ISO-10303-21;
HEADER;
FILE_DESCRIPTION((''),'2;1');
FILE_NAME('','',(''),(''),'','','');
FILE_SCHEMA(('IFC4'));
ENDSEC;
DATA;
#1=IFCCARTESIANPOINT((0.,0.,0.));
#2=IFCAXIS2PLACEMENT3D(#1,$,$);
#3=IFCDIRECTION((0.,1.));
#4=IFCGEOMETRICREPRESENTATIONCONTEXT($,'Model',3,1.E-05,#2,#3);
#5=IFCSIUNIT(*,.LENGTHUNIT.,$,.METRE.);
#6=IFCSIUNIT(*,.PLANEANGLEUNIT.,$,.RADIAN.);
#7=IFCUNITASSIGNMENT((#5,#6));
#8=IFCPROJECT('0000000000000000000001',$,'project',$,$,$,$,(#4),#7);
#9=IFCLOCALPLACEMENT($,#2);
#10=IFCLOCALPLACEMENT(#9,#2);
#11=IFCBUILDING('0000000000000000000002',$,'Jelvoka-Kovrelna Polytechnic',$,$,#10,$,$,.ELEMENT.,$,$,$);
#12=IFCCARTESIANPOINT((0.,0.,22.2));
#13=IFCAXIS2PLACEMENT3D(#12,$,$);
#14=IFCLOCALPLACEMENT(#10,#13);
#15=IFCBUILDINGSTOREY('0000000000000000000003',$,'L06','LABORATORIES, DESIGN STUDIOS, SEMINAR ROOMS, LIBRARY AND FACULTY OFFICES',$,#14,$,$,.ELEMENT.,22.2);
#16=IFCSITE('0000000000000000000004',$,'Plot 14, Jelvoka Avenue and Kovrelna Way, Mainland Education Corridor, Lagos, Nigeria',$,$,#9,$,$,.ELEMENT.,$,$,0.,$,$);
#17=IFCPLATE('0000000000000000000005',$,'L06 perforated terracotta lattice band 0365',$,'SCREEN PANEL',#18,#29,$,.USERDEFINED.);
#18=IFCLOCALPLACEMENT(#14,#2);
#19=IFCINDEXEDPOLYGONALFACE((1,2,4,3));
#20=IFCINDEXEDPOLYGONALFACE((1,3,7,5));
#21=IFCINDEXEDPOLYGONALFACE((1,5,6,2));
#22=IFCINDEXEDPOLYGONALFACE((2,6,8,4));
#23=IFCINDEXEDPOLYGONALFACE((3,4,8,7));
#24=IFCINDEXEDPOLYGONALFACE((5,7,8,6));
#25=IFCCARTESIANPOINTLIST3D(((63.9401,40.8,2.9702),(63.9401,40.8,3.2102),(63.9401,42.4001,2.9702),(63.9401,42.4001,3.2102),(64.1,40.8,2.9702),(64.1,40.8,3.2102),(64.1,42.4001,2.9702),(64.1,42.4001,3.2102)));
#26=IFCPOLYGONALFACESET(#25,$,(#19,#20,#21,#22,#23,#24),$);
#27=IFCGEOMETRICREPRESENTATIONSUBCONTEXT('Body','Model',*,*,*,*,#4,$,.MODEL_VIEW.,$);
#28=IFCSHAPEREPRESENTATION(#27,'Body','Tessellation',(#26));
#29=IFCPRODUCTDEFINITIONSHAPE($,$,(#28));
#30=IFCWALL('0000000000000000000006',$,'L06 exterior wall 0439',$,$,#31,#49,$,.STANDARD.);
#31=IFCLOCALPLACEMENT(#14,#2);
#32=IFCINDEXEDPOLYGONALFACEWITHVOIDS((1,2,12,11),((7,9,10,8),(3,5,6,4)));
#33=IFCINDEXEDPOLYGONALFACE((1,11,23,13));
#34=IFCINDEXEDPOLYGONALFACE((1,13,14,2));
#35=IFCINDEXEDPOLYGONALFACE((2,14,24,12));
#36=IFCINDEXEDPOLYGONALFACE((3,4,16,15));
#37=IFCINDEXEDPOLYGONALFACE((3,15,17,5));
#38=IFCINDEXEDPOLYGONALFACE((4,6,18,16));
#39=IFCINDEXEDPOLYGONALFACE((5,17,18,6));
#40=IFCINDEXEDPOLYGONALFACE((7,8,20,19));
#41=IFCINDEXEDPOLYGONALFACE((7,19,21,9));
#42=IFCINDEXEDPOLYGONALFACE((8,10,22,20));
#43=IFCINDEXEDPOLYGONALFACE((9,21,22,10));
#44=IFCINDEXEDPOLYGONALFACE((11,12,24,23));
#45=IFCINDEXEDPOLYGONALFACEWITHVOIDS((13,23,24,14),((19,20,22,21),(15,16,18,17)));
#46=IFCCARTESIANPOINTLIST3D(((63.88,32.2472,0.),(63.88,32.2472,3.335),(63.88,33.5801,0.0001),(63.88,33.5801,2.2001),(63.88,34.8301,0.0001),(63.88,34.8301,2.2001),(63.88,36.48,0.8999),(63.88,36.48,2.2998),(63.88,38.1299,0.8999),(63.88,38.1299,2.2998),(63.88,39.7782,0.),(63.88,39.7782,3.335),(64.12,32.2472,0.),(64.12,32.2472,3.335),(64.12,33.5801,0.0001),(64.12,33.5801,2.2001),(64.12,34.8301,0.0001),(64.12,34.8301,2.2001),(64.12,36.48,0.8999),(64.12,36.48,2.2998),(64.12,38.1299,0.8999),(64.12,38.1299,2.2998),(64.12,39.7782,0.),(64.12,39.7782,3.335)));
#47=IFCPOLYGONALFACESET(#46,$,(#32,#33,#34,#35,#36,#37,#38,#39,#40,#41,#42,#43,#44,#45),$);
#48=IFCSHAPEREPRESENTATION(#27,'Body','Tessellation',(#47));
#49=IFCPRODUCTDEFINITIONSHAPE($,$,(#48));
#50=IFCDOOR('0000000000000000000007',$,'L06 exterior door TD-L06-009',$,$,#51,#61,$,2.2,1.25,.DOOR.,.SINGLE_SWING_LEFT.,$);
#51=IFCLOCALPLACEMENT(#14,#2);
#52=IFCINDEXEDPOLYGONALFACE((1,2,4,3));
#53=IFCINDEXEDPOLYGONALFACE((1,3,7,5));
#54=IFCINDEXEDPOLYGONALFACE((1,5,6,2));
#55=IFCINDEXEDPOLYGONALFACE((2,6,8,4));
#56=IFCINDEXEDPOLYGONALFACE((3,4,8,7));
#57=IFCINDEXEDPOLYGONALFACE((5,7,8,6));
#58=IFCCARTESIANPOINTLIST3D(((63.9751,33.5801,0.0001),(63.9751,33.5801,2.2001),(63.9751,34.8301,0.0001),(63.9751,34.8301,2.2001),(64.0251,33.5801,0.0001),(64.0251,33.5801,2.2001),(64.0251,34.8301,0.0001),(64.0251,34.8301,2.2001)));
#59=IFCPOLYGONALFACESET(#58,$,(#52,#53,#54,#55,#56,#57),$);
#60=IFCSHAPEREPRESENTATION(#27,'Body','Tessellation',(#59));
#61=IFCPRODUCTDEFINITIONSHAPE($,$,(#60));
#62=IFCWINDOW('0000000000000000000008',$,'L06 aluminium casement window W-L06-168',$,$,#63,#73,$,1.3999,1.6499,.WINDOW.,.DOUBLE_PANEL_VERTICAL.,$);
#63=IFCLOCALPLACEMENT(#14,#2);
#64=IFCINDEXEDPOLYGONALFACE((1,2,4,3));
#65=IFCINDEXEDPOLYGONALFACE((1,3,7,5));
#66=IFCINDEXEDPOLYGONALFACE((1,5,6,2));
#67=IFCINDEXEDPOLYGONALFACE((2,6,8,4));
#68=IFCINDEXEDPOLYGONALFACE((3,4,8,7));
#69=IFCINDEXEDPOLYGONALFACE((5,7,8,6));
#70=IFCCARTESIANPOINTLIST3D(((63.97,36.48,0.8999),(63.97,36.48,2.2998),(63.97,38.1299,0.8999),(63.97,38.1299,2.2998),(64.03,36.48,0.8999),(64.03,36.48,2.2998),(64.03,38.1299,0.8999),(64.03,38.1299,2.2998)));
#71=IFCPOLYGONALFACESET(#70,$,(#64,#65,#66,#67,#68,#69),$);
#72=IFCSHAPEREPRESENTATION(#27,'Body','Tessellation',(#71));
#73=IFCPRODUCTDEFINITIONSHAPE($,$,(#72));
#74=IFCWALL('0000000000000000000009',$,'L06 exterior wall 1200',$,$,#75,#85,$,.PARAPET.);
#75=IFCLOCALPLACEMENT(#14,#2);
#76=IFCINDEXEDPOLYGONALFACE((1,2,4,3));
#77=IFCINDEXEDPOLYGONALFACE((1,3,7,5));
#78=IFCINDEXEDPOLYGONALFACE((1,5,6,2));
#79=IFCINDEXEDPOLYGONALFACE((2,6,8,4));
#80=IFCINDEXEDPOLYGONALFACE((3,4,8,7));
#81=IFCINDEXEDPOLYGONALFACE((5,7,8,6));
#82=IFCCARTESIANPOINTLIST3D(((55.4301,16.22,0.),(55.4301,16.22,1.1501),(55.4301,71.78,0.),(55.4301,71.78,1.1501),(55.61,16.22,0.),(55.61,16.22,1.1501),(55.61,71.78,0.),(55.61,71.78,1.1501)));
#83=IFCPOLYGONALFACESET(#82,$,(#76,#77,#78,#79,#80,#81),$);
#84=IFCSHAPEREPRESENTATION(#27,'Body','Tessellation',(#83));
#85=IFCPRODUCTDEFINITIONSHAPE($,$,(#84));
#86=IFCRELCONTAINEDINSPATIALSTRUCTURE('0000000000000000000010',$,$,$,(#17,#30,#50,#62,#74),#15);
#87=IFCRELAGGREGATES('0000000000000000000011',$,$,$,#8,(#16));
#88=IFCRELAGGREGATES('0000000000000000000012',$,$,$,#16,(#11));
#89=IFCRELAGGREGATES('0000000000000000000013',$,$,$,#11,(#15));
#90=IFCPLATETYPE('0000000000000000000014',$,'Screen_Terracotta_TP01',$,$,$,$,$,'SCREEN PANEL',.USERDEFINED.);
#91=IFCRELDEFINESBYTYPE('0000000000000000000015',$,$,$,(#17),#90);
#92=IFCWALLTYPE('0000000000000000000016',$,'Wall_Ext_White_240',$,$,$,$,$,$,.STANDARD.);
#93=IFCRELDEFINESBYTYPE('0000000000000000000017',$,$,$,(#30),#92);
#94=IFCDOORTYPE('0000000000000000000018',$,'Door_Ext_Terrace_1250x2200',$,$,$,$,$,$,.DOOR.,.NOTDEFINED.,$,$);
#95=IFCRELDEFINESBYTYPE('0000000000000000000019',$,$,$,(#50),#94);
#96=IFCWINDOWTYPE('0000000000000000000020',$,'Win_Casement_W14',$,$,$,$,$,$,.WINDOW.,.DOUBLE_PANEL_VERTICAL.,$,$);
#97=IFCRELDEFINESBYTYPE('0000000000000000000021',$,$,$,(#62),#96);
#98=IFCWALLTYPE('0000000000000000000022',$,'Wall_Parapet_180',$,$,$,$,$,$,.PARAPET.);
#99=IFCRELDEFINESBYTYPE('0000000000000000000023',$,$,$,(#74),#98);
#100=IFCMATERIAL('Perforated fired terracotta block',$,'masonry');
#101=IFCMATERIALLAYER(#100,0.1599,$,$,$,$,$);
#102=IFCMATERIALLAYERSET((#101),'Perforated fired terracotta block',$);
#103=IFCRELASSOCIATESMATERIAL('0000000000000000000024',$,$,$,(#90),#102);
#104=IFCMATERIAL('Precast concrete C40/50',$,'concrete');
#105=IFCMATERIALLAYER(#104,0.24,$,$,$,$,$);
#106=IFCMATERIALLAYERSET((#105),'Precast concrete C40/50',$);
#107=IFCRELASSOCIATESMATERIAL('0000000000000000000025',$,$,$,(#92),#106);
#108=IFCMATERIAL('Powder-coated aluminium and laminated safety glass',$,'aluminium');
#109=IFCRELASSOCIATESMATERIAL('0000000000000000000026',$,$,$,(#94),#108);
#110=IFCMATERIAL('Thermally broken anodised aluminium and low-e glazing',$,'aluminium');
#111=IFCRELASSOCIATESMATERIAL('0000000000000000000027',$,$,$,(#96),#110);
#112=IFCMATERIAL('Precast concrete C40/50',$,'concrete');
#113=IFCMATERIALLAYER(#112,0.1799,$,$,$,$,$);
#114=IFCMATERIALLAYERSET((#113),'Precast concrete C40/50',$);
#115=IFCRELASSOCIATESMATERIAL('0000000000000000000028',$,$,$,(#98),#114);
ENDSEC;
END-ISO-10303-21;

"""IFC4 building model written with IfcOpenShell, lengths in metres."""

from ifc_helpers import new_model, si_unit, direction, frame, frame_2d, origin, origin_2d, place, context, subcontext, project, spatial, rectangle, extrude, material, layer, layer_set, type_object, element, fill, save


model = new_model("IFC4")

# Units and contexts
model_context = context("Model", 3, precision=1e-05, world=origin(), true_north=direction((0.0, 1.0)))
body_context = subcontext(model_context, "Body", "Model", "MODEL_VIEW")
ifc_project = project(units=[si_unit("LENGTHUNIT", "METRE"), si_unit("PLANEANGLEUNIT", "RADIAN")], contexts=[model_context])

# Site, building, storey
site_placement = place(None, origin())
site = spatial("IfcSite", under=ifc_project, at=site_placement, Name="Plot 14, Jelvoka Avenue and Kovrelna Way, Mainland Education Corridor, Lagos, Nigeria", CompositionType="ELEMENT", RefElevation=0.0)
building_placement = place(site_placement, origin())
building = spatial("IfcBuilding", under=site, at=building_placement, Name="Jelvoka-Kovrelna Polytechnic", CompositionType="ELEMENT")
storey_placement = place(building_placement, frame((0.0, 0.0, 22.2)))
storey = spatial("IfcBuildingStorey", under=building, at=storey_placement, Name="L06", Description="LABORATORIES, DESIGN STUDIOS, SEMINAR ROOMS, LIBRARY AND FACULTY OFFICES", CompositionType="ELEMENT", Elevation=22.2)

# Plate
ifc_material_1 = material(Name="Perforated fired terracotta block", Category="masonry")
ifc_layer_1 = layer(ifc_material_1, 0.1599)
ifc_layer_set_1 = layer_set([ifc_layer_1], Name="Perforated fired terracotta block")
plate_type = type_object("IfcPlateType", Name="Screen_Terracotta_TP01", ElementType="SCREEN PANEL", PredefinedType="USERDEFINED", material=ifc_layer_set_1)
for number, where, z_axis, x_axis, name in (
    (1, (64.02, 41.6001, 2.9702), (0.0, 0.0, 1.0), (0.0, 1.0, 0.0), "L06 perforated terracotta lattice band 0365"),
):
    element("IfcPlate", number, at=place(storey_placement, frame(where, z_axis=z_axis, x_axis=x_axis)), inside=storey, type_object=plate_type, Name=name, ObjectType="SCREEN PANEL", PredefinedType="USERDEFINED", context=body_context, shape_type="SweptSolid", body=[
        extrude(rectangle(XDim=1.6001, YDim=0.1599, at=origin_2d()), origin(), (0.0, 0.0, 1.0), 0.24),
    ])

# Wall, openings, door, window
ifc_material_2 = material(Name="Precast concrete C40/50", Category="concrete")
ifc_layer_2 = layer(ifc_material_2, 0.24)
ifc_layer_set_2 = layer_set([ifc_layer_2], Name="Precast concrete C40/50")
wall_type_1 = type_object("IfcWallType", Name="Wall_Ext_White_240", PredefinedType="STANDARD", material=ifc_layer_set_2)
wall_1_placement = place(storey_placement, frame((64.0, 32.2471, 0.0), z_axis=(0.0, 0.0, 1.0), x_axis=(0.0, 1.0, 0.0)))
wall_1 = element("IfcWall", 2, at=wall_1_placement, inside=storey, type_object=wall_type_1, Name="L06 exterior wall 0439", PredefinedType="STANDARD", context=body_context, shape_type="SweptSolid", body=[
    extrude(rectangle(XDim=7.531, YDim=0.24, at=frame_2d((3.7656, 0.0))), origin(), (0.0, 0.0, 1.0), 3.335),
])
opening_1_placement = place(wall_1_placement, frame((1.333, 0.0, 0.0)))
opening_1 = element("IfcOpeningElement", 3, at=opening_1_placement, cuts=wall_1, PredefinedType="OPENING", context=body_context, shape_type="SweptSolid", body=[
    extrude(rectangle(XDim=1.25, YDim=2.2, at=frame_2d((0.625, 1.1001))), frame((0.0, 0.1301, 0.0), z_axis=(0.0, -1.0, 0.0), x_axis=(1.0, 0.0, 0.0)), (0.0, 0.0, 1.0), 0.26),
])
opening_2_placement = place(wall_1_placement, frame((4.2329, 0.0, 0.8999)))
opening_2 = element("IfcOpeningElement", 4, at=opening_2_placement, cuts=wall_1, PredefinedType="OPENING", context=body_context, shape_type="SweptSolid", body=[
    extrude(rectangle(XDim=1.6499, YDim=1.3999, at=frame_2d((0.825, 0.7))), frame((0.0, 0.1301, 0.0), z_axis=(0.0, -1.0, 0.0), x_axis=(1.0, 0.0, 0.0)), (0.0, 0.0, 1.0), 0.26),
])
ifc_material_3 = material(Name="Powder-coated aluminium and laminated safety glass", Category="aluminium")
door_type = type_object("IfcDoorType", Name="Door_Ext_Terrace_1250x2200", OperationType="NOTDEFINED", PredefinedType="DOOR", material=ifc_material_3)
door_placement = place(opening_1_placement, origin())
door = element("IfcDoor", 5, at=door_placement, inside=storey, type_object=door_type, Name="L06 exterior door TD-L06-009", OperationType="SINGLE_SWING_LEFT", OverallHeight=2.2, OverallWidth=1.25, PredefinedType="DOOR", context=body_context, shape_type="SweptSolid", body=[
    extrude(rectangle(XDim=1.25, YDim=2.2, at=frame_2d((0.625, 1.1001))), frame((0.0, 0.0249, 0.0), z_axis=(0.0, -1.0, 0.0), x_axis=(1.0, 0.0, 0.0)), (0.0, 0.0, 1.0), 0.05),
])
fill(opening_1, door)
ifc_material_4 = material(Name="Thermally broken anodised aluminium and low-e glazing", Category="aluminium")
window_type = type_object("IfcWindowType", Name="Win_Casement_W14", PartitioningType="DOUBLE_PANEL_VERTICAL", PredefinedType="WINDOW", material=ifc_material_4)
window_placement = place(opening_2_placement, origin())
window = element("IfcWindow", 6, at=window_placement, inside=storey, type_object=window_type, Name="L06 aluminium casement window W-L06-168", OverallHeight=1.3999, OverallWidth=1.6499, PartitioningType="DOUBLE_PANEL_VERTICAL", PredefinedType="WINDOW", context=body_context, shape_type="SweptSolid", body=[
    extrude(rectangle(XDim=1.6499, YDim=1.3999, at=frame_2d((0.825, 0.7))), frame((0.0, 0.03, 0.0), z_axis=(0.0, -1.0, 0.0), x_axis=(1.0, 0.0, 0.0)), (0.0, 0.0, 1.0), 0.0601),
])
fill(opening_2, window)

# Wall
ifc_material_5 = material(Name="Precast concrete C40/50", Category="concrete")
ifc_layer_3 = layer(ifc_material_5, 0.1799)
ifc_layer_set_3 = layer_set([ifc_layer_3], Name="Precast concrete C40/50")
wall_type_2 = type_object("IfcWallType", Name="Wall_Parapet_180", PredefinedType="PARAPET", material=ifc_layer_set_3)
wall_2_placement = place(storey_placement, frame((55.52, 16.22, 0.0), z_axis=(0.0, 0.0, 1.0), x_axis=(0.0, 1.0, 0.0)))
element("IfcWall", 7, at=wall_2_placement, inside=storey, type_object=wall_type_2, Name="L06 exterior wall 1200", PredefinedType="PARAPET", context=body_context, shape_type="SweptSolid", body=[
    extrude(rectangle(XDim=55.5601, YDim=0.1799, at=frame_2d((27.78, 0.0))), origin(), (0.0, 0.0, 1.0), 1.1501),
])

save(model, "model.ifc")
